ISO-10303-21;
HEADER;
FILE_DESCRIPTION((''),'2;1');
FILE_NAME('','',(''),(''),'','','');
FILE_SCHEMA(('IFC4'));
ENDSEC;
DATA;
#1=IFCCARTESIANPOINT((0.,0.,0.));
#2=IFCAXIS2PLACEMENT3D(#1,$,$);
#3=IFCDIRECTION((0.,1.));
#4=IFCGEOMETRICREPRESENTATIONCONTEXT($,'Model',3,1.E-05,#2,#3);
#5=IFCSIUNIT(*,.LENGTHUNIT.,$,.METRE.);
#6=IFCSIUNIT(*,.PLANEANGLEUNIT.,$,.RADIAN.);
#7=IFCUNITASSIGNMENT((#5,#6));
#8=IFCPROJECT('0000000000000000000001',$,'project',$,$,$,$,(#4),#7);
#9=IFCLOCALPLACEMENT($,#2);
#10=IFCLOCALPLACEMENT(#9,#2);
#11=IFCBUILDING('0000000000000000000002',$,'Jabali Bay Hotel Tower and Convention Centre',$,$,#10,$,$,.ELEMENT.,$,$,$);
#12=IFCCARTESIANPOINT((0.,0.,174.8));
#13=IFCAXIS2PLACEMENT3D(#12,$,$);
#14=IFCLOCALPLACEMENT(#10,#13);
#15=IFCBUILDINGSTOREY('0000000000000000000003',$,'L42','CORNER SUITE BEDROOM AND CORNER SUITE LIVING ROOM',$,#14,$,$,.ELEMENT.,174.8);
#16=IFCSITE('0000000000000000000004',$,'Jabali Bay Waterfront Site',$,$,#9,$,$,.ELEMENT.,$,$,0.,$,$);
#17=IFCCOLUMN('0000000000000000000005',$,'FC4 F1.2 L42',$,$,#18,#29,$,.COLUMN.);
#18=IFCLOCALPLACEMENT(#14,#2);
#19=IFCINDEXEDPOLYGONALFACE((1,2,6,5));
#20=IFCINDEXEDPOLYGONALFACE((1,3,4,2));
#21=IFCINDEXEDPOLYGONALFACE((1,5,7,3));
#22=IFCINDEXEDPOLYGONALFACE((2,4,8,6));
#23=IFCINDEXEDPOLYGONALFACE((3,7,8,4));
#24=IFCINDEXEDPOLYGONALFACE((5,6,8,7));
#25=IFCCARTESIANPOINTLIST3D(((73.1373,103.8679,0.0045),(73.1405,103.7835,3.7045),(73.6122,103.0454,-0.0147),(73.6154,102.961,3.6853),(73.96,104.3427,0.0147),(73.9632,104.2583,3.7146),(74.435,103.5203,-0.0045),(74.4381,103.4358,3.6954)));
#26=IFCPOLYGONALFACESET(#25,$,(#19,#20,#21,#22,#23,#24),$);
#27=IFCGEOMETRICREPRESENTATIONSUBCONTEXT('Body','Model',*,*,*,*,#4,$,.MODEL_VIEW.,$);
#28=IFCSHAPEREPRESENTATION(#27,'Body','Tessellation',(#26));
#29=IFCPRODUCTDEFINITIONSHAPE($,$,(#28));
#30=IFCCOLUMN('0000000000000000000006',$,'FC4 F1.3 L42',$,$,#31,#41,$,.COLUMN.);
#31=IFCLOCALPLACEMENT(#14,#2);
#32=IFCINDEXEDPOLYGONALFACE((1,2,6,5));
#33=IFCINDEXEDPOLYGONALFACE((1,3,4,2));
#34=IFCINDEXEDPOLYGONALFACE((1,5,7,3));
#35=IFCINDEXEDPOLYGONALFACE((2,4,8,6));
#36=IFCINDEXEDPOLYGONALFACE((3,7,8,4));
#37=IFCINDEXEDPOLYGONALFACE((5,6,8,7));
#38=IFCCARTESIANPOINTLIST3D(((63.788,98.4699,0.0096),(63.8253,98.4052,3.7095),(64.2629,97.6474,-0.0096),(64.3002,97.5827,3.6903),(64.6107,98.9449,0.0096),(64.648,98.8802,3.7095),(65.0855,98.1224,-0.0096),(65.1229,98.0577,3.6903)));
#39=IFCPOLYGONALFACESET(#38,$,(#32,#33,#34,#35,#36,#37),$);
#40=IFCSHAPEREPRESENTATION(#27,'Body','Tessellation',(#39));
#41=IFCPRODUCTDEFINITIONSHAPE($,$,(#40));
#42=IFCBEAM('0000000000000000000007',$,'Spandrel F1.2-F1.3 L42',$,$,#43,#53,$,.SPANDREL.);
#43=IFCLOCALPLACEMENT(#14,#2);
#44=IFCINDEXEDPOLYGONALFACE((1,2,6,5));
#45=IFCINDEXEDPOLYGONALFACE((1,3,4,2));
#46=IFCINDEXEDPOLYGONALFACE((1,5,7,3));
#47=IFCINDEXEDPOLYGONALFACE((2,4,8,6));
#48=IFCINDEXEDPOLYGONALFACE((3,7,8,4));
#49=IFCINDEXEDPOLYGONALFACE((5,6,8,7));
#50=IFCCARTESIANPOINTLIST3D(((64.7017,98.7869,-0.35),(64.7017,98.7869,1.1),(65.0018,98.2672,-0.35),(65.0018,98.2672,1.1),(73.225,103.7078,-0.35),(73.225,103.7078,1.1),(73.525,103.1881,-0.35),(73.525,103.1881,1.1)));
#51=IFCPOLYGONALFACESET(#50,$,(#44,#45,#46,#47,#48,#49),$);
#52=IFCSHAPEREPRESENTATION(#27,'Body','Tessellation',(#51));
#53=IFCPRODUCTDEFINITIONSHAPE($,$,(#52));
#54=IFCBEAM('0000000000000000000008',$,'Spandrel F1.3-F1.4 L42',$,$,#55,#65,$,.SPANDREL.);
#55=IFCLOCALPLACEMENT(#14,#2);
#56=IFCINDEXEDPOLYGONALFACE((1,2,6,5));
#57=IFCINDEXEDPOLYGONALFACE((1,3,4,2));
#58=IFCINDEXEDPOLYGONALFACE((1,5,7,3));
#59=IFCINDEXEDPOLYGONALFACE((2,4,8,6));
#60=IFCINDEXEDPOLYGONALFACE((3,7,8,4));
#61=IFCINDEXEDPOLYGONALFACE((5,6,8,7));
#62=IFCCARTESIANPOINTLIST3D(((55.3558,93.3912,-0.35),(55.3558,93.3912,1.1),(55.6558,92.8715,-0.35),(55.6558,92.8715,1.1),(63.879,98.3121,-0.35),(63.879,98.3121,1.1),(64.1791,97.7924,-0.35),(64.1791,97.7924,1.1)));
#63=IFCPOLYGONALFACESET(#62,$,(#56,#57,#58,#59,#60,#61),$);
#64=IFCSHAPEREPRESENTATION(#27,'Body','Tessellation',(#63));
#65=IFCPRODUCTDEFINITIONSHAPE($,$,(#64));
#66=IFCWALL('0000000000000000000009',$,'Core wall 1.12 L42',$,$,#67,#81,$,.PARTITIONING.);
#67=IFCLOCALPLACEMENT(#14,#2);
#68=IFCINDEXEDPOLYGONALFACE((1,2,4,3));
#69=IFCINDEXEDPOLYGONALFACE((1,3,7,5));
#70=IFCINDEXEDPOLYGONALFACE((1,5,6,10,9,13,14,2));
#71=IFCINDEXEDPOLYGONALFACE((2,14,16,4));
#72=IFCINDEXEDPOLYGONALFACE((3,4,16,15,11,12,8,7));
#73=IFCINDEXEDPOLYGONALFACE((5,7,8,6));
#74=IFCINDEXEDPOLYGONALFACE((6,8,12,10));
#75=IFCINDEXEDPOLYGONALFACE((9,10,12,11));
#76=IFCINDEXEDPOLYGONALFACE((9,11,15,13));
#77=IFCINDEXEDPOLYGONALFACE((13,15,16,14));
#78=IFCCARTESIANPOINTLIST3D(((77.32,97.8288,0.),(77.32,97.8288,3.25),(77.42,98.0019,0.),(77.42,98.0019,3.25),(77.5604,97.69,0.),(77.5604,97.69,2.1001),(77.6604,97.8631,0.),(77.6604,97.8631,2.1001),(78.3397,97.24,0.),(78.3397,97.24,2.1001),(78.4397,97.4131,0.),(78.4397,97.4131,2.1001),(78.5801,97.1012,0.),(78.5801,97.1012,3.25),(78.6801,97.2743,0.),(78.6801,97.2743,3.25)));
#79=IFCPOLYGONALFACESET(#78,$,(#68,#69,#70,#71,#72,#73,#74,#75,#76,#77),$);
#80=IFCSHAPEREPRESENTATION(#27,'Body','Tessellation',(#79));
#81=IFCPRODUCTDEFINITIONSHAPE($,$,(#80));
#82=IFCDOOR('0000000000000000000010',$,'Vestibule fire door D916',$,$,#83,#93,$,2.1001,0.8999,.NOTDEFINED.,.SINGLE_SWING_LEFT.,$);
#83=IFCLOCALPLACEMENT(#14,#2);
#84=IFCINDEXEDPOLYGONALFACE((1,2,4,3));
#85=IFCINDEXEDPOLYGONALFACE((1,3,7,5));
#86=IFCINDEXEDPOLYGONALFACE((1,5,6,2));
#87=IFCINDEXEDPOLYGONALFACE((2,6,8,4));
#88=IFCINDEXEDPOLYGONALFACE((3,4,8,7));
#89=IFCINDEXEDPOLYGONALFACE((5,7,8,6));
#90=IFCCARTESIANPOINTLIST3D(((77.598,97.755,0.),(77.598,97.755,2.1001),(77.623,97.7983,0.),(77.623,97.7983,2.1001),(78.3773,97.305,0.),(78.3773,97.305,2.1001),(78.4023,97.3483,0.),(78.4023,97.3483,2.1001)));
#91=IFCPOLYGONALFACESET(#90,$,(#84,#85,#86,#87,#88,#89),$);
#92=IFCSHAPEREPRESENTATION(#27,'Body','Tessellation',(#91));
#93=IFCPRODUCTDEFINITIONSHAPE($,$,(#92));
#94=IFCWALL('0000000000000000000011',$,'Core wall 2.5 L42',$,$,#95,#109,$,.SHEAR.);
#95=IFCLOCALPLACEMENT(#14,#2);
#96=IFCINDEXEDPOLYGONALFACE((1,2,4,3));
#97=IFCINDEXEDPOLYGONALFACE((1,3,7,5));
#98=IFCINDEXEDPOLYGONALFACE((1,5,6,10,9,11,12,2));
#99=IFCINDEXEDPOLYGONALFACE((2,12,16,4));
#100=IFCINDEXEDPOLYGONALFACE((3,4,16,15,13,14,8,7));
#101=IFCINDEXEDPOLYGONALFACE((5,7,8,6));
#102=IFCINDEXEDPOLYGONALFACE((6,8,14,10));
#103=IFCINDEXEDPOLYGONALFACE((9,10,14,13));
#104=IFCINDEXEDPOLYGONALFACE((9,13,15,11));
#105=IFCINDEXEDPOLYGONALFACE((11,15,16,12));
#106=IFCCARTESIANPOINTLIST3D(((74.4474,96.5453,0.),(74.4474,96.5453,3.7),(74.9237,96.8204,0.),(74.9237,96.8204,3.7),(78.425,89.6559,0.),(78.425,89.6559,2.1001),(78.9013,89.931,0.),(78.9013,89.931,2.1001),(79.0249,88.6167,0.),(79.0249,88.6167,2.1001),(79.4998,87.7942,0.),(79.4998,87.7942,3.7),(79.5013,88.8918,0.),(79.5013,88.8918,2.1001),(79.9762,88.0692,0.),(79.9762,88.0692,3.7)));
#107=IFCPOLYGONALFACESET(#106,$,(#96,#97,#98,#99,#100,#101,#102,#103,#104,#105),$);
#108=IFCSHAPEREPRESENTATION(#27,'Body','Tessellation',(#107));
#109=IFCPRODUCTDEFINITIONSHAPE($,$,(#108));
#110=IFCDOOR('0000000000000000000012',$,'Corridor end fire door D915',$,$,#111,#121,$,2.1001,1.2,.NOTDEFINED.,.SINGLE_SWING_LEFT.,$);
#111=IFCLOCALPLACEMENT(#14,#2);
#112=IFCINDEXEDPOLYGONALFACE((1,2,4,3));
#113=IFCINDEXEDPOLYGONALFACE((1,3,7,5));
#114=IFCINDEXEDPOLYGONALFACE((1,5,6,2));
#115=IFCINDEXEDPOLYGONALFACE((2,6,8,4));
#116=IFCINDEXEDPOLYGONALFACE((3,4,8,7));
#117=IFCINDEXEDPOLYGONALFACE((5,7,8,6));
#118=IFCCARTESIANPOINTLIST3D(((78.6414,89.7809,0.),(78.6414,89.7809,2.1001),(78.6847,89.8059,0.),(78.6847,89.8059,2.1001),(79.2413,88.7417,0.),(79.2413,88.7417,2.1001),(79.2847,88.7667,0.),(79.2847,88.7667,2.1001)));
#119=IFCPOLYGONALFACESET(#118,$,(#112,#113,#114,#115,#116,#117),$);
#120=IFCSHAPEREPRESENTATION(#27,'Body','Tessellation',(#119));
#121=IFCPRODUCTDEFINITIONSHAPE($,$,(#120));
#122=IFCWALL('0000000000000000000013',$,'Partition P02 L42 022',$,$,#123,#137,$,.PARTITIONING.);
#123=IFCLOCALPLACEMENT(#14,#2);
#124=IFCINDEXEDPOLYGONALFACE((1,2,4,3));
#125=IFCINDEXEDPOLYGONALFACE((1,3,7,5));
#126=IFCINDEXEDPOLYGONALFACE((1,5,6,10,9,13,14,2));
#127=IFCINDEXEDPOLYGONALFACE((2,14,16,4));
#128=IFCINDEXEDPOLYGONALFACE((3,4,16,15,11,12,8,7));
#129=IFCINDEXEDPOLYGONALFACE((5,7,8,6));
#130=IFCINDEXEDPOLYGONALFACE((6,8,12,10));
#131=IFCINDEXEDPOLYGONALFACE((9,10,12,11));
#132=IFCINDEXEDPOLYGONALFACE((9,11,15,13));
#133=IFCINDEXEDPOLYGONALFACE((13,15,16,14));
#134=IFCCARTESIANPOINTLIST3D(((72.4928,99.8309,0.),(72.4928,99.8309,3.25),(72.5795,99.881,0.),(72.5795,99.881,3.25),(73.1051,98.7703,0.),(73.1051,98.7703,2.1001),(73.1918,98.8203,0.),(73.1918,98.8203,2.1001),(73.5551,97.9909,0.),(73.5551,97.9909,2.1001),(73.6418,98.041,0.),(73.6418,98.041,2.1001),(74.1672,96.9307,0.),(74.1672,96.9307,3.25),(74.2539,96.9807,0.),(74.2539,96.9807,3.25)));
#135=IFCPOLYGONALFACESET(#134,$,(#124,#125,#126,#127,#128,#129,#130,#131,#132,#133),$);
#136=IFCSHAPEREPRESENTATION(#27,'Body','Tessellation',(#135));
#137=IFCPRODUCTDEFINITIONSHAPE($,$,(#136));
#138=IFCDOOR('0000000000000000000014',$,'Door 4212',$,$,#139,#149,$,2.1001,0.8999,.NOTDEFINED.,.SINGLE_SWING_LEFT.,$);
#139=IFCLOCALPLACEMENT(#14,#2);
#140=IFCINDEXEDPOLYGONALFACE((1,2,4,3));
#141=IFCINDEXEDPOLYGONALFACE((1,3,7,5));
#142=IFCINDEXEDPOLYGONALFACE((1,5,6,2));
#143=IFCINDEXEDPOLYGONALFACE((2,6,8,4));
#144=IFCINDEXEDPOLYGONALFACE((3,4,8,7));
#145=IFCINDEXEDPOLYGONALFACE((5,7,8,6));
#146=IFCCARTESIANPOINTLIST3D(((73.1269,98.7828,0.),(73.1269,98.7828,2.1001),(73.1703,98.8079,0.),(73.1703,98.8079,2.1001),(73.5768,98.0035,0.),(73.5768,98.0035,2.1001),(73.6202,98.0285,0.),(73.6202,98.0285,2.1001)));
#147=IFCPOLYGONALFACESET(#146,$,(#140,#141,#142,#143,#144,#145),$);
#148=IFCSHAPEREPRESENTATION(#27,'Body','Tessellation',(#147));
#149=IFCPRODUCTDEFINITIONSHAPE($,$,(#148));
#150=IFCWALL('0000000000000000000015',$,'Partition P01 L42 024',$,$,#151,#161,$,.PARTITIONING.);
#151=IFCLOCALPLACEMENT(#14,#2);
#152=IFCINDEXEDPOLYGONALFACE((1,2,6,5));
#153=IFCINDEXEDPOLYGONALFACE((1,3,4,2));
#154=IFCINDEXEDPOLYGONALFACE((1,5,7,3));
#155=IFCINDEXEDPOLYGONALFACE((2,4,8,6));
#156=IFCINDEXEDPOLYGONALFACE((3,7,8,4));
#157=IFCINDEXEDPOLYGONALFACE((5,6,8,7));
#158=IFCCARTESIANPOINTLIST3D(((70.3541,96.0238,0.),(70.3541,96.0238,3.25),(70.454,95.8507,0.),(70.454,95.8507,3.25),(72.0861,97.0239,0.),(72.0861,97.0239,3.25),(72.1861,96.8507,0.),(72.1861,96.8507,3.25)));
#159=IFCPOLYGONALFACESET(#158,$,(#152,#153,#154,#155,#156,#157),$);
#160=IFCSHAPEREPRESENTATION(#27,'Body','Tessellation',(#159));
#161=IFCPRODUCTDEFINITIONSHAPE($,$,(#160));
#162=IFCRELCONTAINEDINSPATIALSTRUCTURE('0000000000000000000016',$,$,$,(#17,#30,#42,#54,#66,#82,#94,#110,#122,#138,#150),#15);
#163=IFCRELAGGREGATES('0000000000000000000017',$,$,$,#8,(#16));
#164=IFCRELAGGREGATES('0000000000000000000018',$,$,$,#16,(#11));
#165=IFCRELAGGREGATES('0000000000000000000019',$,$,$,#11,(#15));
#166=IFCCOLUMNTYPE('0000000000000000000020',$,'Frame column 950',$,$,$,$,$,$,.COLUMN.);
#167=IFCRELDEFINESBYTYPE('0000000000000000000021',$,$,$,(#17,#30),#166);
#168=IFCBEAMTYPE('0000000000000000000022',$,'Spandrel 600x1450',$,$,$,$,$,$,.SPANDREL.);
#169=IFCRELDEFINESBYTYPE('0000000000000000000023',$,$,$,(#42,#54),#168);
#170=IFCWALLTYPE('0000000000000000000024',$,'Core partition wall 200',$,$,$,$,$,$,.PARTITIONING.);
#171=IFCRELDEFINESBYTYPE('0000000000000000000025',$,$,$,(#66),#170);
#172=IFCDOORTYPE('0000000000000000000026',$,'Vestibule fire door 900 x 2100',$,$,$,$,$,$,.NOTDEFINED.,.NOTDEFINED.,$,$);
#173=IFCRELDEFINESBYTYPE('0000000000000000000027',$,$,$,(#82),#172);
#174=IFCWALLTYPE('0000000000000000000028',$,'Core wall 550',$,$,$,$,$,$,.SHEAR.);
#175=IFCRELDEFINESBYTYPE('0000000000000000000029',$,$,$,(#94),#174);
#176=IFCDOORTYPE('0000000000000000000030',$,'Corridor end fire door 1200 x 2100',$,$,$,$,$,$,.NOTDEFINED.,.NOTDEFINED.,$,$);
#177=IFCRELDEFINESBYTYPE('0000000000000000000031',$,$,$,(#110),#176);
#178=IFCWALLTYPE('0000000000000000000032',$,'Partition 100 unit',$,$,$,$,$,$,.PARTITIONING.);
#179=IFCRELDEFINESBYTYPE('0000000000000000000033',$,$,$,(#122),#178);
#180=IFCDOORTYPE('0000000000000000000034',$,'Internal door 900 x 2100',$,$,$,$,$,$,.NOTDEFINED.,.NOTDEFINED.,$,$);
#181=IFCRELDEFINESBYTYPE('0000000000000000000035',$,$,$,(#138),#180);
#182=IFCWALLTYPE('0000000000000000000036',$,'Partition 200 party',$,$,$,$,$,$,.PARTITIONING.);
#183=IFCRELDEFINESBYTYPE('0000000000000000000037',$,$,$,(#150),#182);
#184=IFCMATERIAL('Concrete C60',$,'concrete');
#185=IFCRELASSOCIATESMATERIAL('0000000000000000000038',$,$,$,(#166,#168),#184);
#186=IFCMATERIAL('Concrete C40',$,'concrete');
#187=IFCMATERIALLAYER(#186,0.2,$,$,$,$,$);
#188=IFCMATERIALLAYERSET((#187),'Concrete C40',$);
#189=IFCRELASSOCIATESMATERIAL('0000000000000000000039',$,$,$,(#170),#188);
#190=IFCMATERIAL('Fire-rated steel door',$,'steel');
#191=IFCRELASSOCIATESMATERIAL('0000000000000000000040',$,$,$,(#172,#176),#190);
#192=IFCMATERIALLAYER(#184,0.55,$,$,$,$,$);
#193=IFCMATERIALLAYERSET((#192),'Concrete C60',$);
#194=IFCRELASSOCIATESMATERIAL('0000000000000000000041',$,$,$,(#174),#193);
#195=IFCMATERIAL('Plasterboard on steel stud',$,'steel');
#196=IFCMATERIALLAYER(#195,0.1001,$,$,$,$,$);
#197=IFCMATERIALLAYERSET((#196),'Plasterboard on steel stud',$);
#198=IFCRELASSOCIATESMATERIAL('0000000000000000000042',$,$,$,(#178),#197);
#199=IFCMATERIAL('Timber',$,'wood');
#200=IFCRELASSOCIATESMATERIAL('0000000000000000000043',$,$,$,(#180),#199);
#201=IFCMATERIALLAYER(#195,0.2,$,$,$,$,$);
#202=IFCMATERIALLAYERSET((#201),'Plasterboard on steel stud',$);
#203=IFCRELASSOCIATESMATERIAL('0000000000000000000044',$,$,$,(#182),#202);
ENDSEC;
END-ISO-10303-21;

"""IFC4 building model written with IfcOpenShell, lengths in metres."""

from ifc_helpers import new_model, si_unit, direction, frame, frame_2d, origin, origin_2d, place, context, subcontext, project, spatial, rectangle, extrude, material, layer, layer_set, material_profile, profile_set, type_object, element, fill, save


model = new_model("IFC4")

# Units and contexts
model_context = context("Model", 3, precision=1e-05, world=origin(), true_north=direction((0.0, 1.0)))
body_context = subcontext(model_context, "Body", "Model", "MODEL_VIEW")
ifc_project = project(units=[si_unit("LENGTHUNIT", "METRE"), si_unit("PLANEANGLEUNIT", "RADIAN")], contexts=[model_context])

# Site, building, storey
site_placement = place(None, origin())
site = spatial("IfcSite", under=ifc_project, at=site_placement, Name="Jabali Bay Waterfront Site", CompositionType="ELEMENT", RefElevation=0.0)
building_placement = place(site_placement, origin())
building = spatial("IfcBuilding", under=site, at=building_placement, Name="Jabali Bay Hotel Tower and Convention Centre", CompositionType="ELEMENT")
storey_placement = place(building_placement, frame((0.0, 0.0, 174.8)))
storey = spatial("IfcBuildingStorey", under=building, at=storey_placement, Name="L42", Description="CORNER SUITE BEDROOM AND CORNER SUITE LIVING ROOM", CompositionType="ELEMENT", Elevation=174.8)

# Columns
ifc_material_1 = material(Name="Concrete C60", Category="concrete")
ifc_material_profile_1 = material_profile(ifc_material_1, rectangle(XDim=0.95, YDim=0.95, at=origin_2d()), Name="Frame column 950")
ifc_profile_set_1 = profile_set([ifc_material_profile_1], Name="Concrete C60")
column_type = type_object("IfcColumnType", Name="Frame column 950", PredefinedType="COLUMN", material=ifc_profile_set_1)
column_1_placement = place(storey_placement, frame((73.7861, 103.6941, 0.0), z_axis=(0.000858, -0.022825, 0.999739), x_axis=(0.866054, 0.499836, 0.010669)))
element("IfcColumn", 1, at=column_1_placement, inside=storey, type_object=column_type, Name="FC4 F1.2 L42", PredefinedType="COLUMN", context=body_context, shape_type="SweptSolid", body=[
    extrude(rectangle(XDim=0.95, YDim=0.95, at=origin_2d()), origin(), (0.0, 0.0, 1.0), 3.7009),
])
column_2_placement = place(storey_placement, frame((64.4368, 98.2961, 0.0), z_axis=(0.010094, -0.017482, 0.999796), x_axis=(-0.499903, 0.865846, 0.020187)))
element("IfcColumn", 2, at=column_2_placement, inside=storey, type_object=column_type, Name="FC4 F1.3 L42", PredefinedType="COLUMN", context=body_context, shape_type="SweptSolid", body=[
    extrude(rectangle(XDim=0.95, YDim=0.95, at=origin_2d()), origin(), (0.0, 0.0, 1.0), 3.7007),
])

# Beams
ifc_material_profile_2 = material_profile(ifc_material_1, rectangle(XDim=0.6001, YDim=1.45, at=origin_2d()), Name="Spandrel 600x1450")
ifc_profile_set_2 = profile_set([ifc_material_profile_2], Name="Concrete C60")
beam_type = type_object("IfcBeamType", Name="Spandrel 600x1450", PredefinedType="SPANDREL", material=ifc_profile_set_2)
for number, where, z_axis, x_axis, name in (
    (3, (73.375, 103.448, 0.375), (-0.866024, -0.500002, 0.0), (0.500002, -0.866024, 0.0), "Spandrel F1.2-F1.3 L42"),
    (4, (64.0291, 98.0522, 0.375), (-0.866024, -0.500002, 0.0), (0.500002, -0.866024, 0.0), "Spandrel F1.3-F1.4 L42"),
):
    element("IfcBeam", number, at=place(storey_placement, frame(where, z_axis=z_axis, x_axis=x_axis)), inside=storey, type_object=beam_type, Name=name, PredefinedType="SPANDREL", context=body_context, shape_type="SweptSolid", body=[
        extrude(rectangle(XDim=0.6001, YDim=1.45, at=origin_2d()), origin(), (0.0, 0.0, 1.0), 9.8418),
    ])

# Walls, openings, doors
ifc_material_2 = material(Name="Concrete C40", Category="concrete")
ifc_layer_1 = layer(ifc_material_2, 0.2)
ifc_layer_set_1 = layer_set([ifc_layer_1], Name="Concrete C40")
wall_type_1 = type_object("IfcWallType", Name="Core partition wall 200", PredefinedType="PARTITIONING", material=ifc_layer_set_1)
wall_1_placement = place(storey_placement, frame((78.6301, 97.1877, 0.0), z_axis=(0.0, 0.0, 1.0), x_axis=(-0.866004, 0.500037, 0.0)))
wall_1 = element("IfcWall", 5, at=wall_1_placement, inside=storey, type_object=wall_type_1, Name="Core wall 1.12 L42", PredefinedType="PARTITIONING", context=body_context, shape_type="SweptSolid", body=[
    extrude(rectangle(XDim=1.4551, YDim=0.2, at=frame_2d((0.7275, 0.0))), origin(), (0.0, 0.0, 1.0), 3.25),
])
opening_1_placement = place(wall_1_placement, frame((0.2776, 0.0, 0.0)))
opening_1 = element("IfcOpeningElement", 6, at=opening_1_placement, cuts=wall_1, PredefinedType="OPENING", context=body_context, shape_type="SweptSolid", body=[
    extrude(rectangle(XDim=0.8999, YDim=2.1001, at=frame_2d((0.45, 1.05))), frame((0.0, 0.1104, 0.0), z_axis=(0.0, -1.0, 0.0), x_axis=(1.0, 0.0, 0.0)), (0.0, 0.0, 1.0), 0.2209),
])
ifc_material_3 = material(Name="Fire-rated steel door", Category="steel")
door_type_1 = type_object("IfcDoorType", Name="Vestibule fire door 900 x 2100", OperationType="NOTDEFINED", PredefinedType="NOTDEFINED", material=ifc_material_3)
door_1_placement = place(opening_1_placement, origin())
door_1 = element("IfcDoor", 7, at=door_1_placement, inside=storey, type_object=door_type_1, Name="Vestibule fire door D916", OperationType="SINGLE_SWING_LEFT", OverallHeight=2.1001, OverallWidth=0.8999, PredefinedType="NOTDEFINED", context=body_context, shape_type="SweptSolid", body=[
    extrude(rectangle(XDim=0.8999, YDim=2.1001, at=frame_2d((0.45, 1.05))), frame((0.0, 0.0249, 0.0), z_axis=(0.0, -1.0, 0.0), x_axis=(1.0, 0.0, 0.0)), (0.0, 0.0, 1.0), 0.05),
])
fill(opening_1, door_1)
ifc_layer_2 = layer(ifc_material_1, 0.55)
ifc_layer_set_2 = layer_set([ifc_layer_2], Name="Concrete C60")
wall_type_2 = type_object("IfcWallType", Name="Core wall 550", PredefinedType="SHEAR", material=ifc_layer_set_2)
wall_2_placement = place(storey_placement, frame((74.6855, 96.6829, 0.0), z_axis=(0.0, 0.0, 1.0), x_axis=(0.499998, -0.866027, 0.0)))
wall_2 = element("IfcWall", 8, at=wall_2_placement, inside=storey, type_object=wall_type_2, Name="Core wall 2.5 L42", PredefinedType="SHEAR", context=body_context, shape_type="SweptSolid", body=[
    extrude(rectangle(XDim=10.105, YDim=0.55, at=frame_2d((5.0525, 0.0))), origin(), (0.0, 0.0, 1.0), 3.7),
])
opening_2_placement = place(wall_2_placement, frame((7.9551, 0.0, 0.0)))
opening_2 = element("IfcOpeningElement", 9, at=opening_2_placement, cuts=wall_2, PredefinedType="OPENING", context=body_context, shape_type="SweptSolid", body=[
    extrude(rectangle(XDim=1.2, YDim=2.1001, at=frame_2d((0.6001, 1.05))), frame((0.0, 0.2856, 0.0), z_axis=(0.0, -1.0, 0.0), x_axis=(1.0, 0.0, 0.0)), (0.0, 0.0, 1.0), 0.571),
])
door_type_2 = type_object("IfcDoorType", Name="Corridor end fire door 1200 x 2100", OperationType="NOTDEFINED", PredefinedType="NOTDEFINED", material=ifc_material_3)
door_2_placement = place(opening_2_placement, origin())
door_2 = element("IfcDoor", 10, at=door_2_placement, inside=storey, type_object=door_type_2, Name="Corridor end fire door D915", OperationType="SINGLE_SWING_LEFT", OverallHeight=2.1001, OverallWidth=1.2, PredefinedType="NOTDEFINED", context=body_context, shape_type="SweptSolid", body=[
    extrude(rectangle(XDim=1.2, YDim=2.1001, at=frame_2d((0.6001, 1.05))), frame((0.0, 0.0249, 0.0), z_axis=(0.0, -1.0, 0.0), x_axis=(1.0, 0.0, 0.0)), (0.0, 0.0, 1.0), 0.05),
])
fill(opening_2, door_2)
ifc_material_4 = material(Name="Plasterboard on steel stud", Category="steel")
ifc_layer_3 = layer(ifc_material_4, 0.1001)
ifc_layer_set_3 = layer_set([ifc_layer_3], Name="Plasterboard on steel stud")
wall_type_3 = type_object("IfcWallType", Name="Partition 100 unit", PredefinedType="PARTITIONING", material=ifc_layer_set_3)
wall_3_placement = place(storey_placement, frame((74.2104, 96.9558, 0.0), z_axis=(0.0, 0.0, 1.0), x_axis=(-0.499981, 0.866036, 0.0)))
wall_3 = element("IfcWall", 11, at=wall_3_placement, inside=storey, type_object=wall_type_3, Name="Partition P02 L42 022", PredefinedType="PARTITIONING", context=body_context, shape_type="SweptSolid", body=[
    extrude(rectangle(XDim=3.3489, YDim=0.1001, at=frame_2d((1.6743, 0.0))), origin(), (0.0, 0.0, 1.0), 3.25),
])
opening_3_placement = place(wall_3_placement, frame((1.2241, 0.0, 0.0)))
opening_3 = element("IfcOpeningElement", 12, at=opening_3_placement, cuts=wall_3, PredefinedType="OPENING", context=body_context, shape_type="SweptSolid", body=[
    extrude(rectangle(XDim=0.8999, YDim=2.1001, at=frame_2d((0.45, 1.05))), frame((0.0, 0.0605, 0.0), z_axis=(0.0, -1.0, 0.0), x_axis=(1.0, 0.0, 0.0)), (0.0, 0.0, 1.0), 0.1211),
])
ifc_material_5 = material(Name="Timber", Category="wood")
door_type_3 = type_object("IfcDoorType", Name="Internal door 900 x 2100", OperationType="NOTDEFINED", PredefinedType="NOTDEFINED", material=ifc_material_5)
door_3_placement = place(opening_3_placement, origin())
door_3 = element("IfcDoor", 13, at=door_3_placement, inside=storey, type_object=door_type_3, Name="Door 4212", OperationType="SINGLE_SWING_LEFT", OverallHeight=2.1001, OverallWidth=0.8999, PredefinedType="NOTDEFINED", context=body_context, shape_type="SweptSolid", body=[
    extrude(rectangle(XDim=0.8999, YDim=2.1001, at=frame_2d((0.45, 1.05))), frame((0.0, 0.0249, 0.0), z_axis=(0.0, -1.0, 0.0), x_axis=(1.0, 0.0, 0.0)), (0.0, 0.0, 1.0), 0.05),
])
fill(opening_3, door_3)

# Wall
ifc_layer_4 = layer(ifc_material_4, 0.2)
ifc_layer_set_4 = layer_set([ifc_layer_4], Name="Plasterboard on steel stud")
wall_type_4 = type_object("IfcWallType", Name="Partition 200 party", PredefinedType="PARTITIONING", material=ifc_layer_set_4)
wall_4_placement = place(storey_placement, frame((70.4041, 95.9373, 0.0), z_axis=(0.0, 0.0, 1.0), x_axis=(0.866011, 0.500025, 0.0)))
element("IfcWall", 14, at=wall_4_placement, inside=storey, type_object=wall_type_4, Name="Partition P01 L42 024", PredefinedType="PARTITIONING", context=body_context, shape_type="SweptSolid", body=[
    extrude(rectangle(XDim=2.0, YDim=0.2, at=frame_2d((1.0, 0.0))), origin(), (0.0, 0.0, 1.0), 3.25),
])

save(model, "model.ifc")
